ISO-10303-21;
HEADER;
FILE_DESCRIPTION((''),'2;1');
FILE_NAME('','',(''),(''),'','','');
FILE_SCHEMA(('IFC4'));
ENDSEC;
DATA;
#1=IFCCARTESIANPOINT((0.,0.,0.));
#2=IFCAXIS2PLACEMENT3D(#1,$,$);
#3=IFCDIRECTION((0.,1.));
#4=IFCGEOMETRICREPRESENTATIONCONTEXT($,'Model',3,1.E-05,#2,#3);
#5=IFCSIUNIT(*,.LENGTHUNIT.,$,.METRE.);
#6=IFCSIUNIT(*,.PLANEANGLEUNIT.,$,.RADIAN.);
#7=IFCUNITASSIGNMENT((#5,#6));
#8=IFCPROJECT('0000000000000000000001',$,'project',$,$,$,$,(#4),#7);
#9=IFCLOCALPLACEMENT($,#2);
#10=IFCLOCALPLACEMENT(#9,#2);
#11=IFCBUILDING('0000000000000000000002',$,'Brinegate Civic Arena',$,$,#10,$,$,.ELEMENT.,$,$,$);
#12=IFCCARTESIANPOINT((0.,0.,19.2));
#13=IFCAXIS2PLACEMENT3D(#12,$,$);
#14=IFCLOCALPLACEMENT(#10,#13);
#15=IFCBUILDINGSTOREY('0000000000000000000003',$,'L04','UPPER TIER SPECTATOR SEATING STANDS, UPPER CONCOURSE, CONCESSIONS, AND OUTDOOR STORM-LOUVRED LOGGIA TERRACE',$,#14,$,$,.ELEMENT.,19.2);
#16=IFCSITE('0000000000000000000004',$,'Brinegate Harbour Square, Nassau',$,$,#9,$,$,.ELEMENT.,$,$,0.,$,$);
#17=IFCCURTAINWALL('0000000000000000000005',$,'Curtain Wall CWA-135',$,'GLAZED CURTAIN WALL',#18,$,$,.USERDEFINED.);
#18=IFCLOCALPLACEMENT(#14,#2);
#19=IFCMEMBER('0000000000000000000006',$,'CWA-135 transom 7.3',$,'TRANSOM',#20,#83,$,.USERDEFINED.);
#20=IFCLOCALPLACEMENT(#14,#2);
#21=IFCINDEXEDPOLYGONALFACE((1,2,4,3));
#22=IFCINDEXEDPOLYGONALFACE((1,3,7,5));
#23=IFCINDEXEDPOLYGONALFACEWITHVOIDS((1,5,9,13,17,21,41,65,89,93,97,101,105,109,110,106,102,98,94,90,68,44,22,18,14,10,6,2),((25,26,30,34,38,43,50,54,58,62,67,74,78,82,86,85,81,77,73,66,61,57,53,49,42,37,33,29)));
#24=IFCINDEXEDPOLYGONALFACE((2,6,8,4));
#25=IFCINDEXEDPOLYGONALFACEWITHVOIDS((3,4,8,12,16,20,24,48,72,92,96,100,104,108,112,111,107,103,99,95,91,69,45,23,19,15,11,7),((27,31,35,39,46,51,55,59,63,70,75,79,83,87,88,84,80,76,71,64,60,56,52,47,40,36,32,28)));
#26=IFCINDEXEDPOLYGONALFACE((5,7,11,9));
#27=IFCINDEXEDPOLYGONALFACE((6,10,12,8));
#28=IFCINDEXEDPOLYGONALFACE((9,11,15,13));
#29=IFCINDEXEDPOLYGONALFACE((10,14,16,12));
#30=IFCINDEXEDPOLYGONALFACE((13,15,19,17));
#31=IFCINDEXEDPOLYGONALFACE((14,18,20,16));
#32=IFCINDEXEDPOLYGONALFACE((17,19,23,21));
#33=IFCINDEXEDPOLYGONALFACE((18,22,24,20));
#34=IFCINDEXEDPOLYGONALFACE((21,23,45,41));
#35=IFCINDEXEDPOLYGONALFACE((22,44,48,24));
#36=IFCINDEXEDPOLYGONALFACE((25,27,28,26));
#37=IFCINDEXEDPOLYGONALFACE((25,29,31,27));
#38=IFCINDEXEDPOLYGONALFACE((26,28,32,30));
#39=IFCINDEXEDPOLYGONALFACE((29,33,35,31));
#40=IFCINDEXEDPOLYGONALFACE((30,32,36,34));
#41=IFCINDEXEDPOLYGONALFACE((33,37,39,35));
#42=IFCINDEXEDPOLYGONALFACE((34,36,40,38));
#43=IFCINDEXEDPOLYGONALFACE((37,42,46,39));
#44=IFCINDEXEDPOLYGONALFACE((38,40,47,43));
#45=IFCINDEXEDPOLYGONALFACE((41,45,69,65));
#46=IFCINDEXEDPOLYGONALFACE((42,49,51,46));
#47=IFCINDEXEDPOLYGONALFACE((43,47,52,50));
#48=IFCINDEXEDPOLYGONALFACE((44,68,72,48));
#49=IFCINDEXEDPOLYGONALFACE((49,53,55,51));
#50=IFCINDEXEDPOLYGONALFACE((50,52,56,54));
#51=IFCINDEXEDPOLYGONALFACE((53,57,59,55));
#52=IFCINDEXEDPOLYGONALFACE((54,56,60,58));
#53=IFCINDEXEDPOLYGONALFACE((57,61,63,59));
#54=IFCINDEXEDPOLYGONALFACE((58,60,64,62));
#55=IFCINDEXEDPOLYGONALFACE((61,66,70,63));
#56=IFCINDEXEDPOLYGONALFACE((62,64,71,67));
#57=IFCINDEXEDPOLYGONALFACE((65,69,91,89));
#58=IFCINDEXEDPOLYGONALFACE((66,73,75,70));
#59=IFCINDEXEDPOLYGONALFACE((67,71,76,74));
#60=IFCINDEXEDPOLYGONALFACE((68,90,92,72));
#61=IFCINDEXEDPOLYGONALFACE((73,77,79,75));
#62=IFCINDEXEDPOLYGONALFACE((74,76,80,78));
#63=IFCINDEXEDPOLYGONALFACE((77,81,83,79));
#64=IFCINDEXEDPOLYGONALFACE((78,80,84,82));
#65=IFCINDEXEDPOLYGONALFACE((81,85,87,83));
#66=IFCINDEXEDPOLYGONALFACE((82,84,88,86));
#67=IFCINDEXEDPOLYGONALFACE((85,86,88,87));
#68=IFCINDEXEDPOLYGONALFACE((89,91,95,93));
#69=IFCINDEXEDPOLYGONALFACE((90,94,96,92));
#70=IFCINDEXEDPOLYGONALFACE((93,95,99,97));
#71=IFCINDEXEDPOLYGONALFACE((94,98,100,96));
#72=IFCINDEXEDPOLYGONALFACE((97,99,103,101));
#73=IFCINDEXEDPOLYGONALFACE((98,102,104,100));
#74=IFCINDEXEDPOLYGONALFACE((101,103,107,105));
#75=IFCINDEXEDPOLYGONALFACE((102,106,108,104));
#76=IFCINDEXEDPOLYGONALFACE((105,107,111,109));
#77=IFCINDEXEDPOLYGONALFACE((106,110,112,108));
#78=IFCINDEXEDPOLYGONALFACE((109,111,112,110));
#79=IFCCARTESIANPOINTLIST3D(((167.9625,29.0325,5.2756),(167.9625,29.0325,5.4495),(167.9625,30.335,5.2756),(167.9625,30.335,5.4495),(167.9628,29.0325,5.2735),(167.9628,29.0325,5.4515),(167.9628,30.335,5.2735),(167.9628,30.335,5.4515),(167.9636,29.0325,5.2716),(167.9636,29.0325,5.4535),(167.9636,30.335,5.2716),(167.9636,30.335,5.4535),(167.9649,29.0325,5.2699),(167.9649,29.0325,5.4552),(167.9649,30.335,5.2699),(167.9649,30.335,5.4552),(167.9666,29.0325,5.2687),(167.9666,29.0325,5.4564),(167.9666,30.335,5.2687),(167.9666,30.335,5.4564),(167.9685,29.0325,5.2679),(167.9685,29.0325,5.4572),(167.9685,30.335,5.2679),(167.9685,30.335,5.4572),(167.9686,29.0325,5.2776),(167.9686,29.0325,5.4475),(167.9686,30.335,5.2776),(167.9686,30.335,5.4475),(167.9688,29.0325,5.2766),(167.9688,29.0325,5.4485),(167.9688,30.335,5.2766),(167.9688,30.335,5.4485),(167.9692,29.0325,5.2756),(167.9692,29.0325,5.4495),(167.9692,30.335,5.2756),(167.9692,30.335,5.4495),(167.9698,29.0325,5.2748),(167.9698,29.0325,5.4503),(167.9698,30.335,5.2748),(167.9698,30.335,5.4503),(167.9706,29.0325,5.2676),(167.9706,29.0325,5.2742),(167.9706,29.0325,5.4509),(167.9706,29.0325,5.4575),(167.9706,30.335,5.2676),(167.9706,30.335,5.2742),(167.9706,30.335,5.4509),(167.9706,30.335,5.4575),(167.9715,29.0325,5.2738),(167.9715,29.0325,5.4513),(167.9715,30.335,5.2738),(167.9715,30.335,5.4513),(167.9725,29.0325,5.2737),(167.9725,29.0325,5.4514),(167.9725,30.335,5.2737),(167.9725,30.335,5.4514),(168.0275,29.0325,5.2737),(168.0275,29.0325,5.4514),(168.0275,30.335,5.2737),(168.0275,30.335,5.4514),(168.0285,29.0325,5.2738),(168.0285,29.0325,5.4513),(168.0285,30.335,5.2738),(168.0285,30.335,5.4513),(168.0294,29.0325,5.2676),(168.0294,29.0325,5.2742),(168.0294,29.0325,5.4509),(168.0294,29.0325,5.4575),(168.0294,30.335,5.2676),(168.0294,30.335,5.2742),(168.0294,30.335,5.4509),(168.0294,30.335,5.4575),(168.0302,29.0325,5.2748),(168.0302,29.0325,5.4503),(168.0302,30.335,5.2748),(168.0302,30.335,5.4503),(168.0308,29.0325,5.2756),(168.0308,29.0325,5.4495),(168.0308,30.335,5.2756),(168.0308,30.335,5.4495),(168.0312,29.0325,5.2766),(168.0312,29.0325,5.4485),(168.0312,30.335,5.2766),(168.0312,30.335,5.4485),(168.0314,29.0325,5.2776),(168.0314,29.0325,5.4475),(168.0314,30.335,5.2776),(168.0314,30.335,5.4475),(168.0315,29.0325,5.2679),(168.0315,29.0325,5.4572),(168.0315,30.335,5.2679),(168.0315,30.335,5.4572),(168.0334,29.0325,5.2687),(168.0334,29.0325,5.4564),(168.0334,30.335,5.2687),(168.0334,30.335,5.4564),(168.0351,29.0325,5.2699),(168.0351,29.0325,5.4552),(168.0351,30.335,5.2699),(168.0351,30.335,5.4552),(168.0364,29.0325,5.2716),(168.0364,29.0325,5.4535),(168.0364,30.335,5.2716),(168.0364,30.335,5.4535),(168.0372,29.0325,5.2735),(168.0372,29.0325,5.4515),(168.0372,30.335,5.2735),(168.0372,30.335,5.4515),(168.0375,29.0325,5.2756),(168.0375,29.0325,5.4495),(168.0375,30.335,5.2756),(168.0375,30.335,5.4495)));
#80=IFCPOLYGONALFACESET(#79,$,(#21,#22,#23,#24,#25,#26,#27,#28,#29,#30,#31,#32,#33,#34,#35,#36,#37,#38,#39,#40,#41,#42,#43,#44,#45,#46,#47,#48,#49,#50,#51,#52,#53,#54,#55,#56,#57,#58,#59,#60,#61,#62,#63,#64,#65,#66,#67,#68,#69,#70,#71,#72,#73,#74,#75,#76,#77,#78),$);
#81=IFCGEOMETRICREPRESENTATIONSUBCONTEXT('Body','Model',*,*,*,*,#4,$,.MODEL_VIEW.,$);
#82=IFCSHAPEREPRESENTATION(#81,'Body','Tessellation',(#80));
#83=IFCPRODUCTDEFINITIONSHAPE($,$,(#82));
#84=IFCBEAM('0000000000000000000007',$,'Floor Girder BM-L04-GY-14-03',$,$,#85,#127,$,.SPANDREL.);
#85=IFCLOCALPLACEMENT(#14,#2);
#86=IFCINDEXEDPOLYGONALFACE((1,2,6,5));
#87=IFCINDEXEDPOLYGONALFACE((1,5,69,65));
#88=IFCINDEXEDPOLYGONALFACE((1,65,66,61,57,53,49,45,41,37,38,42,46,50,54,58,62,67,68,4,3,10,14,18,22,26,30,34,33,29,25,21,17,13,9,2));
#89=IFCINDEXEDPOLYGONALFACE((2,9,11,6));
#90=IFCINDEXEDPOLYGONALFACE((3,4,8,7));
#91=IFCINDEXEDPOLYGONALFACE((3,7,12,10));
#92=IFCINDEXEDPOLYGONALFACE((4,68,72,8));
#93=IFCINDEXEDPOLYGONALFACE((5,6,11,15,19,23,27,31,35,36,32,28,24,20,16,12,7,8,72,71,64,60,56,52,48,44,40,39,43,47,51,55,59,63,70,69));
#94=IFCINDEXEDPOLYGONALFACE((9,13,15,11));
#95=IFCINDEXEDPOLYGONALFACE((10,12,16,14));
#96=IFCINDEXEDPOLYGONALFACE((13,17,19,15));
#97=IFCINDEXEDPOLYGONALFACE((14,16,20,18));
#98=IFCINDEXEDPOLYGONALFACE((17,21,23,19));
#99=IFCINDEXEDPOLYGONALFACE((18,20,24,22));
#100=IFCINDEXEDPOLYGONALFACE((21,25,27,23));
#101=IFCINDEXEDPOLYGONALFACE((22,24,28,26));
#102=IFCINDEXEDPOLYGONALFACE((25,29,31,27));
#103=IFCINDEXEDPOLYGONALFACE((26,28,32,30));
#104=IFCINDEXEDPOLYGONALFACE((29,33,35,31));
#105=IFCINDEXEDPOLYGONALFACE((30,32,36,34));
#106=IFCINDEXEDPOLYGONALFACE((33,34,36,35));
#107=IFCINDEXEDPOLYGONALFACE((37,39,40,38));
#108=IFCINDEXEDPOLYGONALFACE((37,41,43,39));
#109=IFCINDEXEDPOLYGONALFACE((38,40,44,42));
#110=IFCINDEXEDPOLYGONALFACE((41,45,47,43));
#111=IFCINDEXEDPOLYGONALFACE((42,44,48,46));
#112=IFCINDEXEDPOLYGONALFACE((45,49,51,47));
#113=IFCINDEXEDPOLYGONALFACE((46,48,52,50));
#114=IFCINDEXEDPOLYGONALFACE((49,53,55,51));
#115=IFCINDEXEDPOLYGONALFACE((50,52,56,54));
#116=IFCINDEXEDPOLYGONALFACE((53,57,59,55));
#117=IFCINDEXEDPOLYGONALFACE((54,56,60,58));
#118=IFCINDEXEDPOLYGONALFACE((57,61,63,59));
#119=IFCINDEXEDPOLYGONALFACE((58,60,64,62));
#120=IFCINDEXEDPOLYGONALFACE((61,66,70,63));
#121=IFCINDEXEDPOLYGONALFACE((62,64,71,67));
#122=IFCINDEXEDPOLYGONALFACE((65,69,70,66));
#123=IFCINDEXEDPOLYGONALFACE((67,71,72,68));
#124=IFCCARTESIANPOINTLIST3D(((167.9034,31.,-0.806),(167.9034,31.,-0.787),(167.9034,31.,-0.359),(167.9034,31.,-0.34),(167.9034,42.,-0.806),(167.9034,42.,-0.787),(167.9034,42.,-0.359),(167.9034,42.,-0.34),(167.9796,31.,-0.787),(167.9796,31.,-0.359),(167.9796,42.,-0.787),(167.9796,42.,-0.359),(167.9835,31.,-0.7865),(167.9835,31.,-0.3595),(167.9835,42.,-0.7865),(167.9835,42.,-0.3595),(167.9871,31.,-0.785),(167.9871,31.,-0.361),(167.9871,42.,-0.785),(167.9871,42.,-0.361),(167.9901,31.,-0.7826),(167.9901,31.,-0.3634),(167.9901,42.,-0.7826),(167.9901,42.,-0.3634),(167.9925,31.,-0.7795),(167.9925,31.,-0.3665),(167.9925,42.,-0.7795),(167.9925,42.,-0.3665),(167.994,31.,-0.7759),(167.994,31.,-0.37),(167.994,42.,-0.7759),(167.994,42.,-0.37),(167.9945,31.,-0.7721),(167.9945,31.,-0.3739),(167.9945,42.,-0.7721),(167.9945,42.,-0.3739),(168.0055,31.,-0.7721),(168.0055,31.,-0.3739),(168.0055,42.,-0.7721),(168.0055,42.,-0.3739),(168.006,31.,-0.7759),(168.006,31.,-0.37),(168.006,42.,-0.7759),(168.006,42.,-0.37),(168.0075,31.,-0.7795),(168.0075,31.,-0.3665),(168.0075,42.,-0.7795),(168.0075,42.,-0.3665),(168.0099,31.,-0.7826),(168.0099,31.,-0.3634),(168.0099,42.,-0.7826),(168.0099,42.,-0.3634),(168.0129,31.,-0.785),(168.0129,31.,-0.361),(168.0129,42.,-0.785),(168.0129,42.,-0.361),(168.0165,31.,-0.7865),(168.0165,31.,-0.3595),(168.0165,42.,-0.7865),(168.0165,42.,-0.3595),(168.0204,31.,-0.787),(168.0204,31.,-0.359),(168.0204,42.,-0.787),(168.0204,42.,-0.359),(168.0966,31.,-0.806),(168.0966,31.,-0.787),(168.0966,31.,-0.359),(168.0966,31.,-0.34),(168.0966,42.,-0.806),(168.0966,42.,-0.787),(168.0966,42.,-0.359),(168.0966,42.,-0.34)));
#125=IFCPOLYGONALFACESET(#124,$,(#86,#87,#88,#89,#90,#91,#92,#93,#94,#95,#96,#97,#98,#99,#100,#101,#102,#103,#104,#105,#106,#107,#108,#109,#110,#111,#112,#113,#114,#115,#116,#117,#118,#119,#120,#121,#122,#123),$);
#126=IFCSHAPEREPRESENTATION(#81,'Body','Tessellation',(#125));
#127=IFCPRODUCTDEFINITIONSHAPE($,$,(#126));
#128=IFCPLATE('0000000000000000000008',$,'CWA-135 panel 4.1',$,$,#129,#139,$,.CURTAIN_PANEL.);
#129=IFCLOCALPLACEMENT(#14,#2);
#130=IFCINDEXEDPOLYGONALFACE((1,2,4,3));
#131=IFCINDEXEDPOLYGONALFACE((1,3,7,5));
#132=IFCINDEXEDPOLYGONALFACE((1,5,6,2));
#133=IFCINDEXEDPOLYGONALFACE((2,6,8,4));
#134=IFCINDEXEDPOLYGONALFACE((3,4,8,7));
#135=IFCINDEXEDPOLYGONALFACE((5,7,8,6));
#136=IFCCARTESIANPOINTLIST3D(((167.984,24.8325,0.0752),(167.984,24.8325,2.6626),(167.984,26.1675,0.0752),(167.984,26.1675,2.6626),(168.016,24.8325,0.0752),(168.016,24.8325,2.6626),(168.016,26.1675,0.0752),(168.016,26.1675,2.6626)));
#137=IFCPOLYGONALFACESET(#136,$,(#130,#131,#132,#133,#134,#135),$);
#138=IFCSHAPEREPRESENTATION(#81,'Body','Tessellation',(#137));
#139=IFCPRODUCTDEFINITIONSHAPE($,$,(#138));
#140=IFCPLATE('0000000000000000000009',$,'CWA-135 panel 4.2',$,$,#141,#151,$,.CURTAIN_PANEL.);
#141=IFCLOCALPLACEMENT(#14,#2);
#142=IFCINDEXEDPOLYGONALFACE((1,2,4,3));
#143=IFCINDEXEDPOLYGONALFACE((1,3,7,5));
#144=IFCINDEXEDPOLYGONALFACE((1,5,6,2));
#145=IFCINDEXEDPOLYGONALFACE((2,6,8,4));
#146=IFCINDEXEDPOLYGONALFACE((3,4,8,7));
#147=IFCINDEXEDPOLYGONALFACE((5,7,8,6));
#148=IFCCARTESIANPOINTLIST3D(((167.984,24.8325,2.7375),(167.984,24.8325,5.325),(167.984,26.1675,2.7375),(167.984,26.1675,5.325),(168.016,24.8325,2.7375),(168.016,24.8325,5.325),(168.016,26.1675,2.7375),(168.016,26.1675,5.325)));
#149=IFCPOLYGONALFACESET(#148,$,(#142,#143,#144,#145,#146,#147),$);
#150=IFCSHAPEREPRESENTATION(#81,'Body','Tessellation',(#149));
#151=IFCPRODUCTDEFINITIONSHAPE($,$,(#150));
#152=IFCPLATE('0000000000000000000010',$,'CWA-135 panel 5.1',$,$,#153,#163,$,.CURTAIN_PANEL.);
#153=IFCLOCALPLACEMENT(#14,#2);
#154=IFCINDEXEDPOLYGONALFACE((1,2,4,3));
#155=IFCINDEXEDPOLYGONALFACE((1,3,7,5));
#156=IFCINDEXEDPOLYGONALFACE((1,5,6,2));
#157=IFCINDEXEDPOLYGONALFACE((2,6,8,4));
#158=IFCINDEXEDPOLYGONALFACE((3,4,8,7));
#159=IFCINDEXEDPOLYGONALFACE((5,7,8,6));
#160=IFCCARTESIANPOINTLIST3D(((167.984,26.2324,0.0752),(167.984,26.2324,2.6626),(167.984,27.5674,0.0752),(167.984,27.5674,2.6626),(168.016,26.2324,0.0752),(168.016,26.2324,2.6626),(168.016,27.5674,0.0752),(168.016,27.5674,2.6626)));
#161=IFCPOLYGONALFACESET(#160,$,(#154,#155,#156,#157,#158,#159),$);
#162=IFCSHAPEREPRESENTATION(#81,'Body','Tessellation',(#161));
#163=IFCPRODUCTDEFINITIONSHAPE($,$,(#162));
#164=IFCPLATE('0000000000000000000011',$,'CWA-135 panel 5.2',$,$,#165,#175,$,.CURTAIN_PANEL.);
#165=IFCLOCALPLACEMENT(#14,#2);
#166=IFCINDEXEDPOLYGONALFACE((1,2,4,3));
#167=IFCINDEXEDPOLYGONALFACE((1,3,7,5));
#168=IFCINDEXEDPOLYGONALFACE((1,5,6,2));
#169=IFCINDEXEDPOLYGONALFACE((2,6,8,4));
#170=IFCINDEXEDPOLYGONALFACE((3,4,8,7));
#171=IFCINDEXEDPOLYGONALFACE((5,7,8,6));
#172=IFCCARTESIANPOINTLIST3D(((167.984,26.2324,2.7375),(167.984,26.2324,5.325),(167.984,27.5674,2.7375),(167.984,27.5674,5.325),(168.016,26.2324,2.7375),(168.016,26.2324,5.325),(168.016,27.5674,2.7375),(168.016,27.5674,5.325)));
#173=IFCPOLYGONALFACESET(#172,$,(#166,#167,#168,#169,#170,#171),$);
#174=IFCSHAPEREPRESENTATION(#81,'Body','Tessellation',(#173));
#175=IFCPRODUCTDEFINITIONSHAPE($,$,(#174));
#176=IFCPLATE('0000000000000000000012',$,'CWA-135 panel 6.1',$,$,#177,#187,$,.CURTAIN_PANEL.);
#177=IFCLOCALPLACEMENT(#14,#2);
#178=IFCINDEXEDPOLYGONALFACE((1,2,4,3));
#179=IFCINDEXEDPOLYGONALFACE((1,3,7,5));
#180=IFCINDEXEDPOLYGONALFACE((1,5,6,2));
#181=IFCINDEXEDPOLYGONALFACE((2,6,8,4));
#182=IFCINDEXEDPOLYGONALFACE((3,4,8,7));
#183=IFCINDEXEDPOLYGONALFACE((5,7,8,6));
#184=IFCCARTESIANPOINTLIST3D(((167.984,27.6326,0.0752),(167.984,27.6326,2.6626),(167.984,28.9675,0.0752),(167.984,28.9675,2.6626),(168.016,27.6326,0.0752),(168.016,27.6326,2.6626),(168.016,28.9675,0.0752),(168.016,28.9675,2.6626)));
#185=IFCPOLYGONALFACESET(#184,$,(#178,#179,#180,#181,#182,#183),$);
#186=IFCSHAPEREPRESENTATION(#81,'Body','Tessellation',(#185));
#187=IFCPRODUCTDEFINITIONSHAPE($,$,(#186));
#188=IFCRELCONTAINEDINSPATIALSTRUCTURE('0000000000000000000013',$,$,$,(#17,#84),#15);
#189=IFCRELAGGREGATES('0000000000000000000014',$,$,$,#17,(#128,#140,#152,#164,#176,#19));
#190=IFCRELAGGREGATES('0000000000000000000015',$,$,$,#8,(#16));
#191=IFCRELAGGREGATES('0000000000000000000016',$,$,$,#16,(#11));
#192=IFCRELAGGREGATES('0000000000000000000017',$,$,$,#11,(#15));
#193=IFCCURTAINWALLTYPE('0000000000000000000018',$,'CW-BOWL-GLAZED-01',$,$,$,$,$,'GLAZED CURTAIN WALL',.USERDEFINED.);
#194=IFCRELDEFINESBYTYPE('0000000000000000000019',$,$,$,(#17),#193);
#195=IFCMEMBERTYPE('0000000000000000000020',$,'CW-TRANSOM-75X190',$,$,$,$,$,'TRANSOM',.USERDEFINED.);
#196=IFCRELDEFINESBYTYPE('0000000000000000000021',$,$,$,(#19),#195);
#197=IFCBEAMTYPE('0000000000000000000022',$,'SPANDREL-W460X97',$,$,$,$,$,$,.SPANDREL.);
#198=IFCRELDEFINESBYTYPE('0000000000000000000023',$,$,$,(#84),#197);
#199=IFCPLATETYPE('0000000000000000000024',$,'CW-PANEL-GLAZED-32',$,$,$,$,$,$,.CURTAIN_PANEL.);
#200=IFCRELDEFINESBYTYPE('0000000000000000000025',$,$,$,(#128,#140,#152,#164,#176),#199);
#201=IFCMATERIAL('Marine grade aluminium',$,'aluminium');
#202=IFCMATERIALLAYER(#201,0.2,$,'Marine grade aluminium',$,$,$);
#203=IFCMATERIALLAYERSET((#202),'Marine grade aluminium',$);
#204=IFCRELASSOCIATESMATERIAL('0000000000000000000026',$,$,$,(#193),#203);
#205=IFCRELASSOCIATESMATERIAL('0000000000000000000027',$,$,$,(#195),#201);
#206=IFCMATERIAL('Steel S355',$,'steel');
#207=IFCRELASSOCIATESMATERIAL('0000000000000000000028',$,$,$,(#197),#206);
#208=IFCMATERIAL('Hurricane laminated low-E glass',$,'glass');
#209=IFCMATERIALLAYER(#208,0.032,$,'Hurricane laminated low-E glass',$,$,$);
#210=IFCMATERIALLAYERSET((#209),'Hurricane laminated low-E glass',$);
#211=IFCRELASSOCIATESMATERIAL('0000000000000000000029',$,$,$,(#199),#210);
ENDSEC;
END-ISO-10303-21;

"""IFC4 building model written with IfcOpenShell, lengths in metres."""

from ifc_helpers import new_model, si_unit, direction, frame, origin, origin_2d, place, context, subcontext, project, spatial, rectangle, hollow_rectangle, i_section, extrude, material, layer, layer_set, material_profile, profile_set, type_object, element, aggregate, save


model = new_model("IFC4")

# Units and contexts
model_context = context("Model", 3, precision=1e-05, world=origin(), true_north=direction((0.0, 1.0)))
body_context = subcontext(model_context, "Body", "Model", "MODEL_VIEW")
ifc_project = project(units=[si_unit("LENGTHUNIT", "METRE"), si_unit("PLANEANGLEUNIT", "RADIAN")], contexts=[model_context])

# Site, building, storey
site_placement = place(None, origin())
site = spatial("IfcSite", under=ifc_project, at=site_placement, Name="Brinegate Harbour Square, Nassau", CompositionType="ELEMENT", RefElevation=0.0)
building_placement = place(site_placement, origin())
building = spatial("IfcBuilding", under=site, at=building_placement, Name="Brinegate Civic Arena", CompositionType="ELEMENT")
storey_placement = place(building_placement, frame((0.0, 0.0, 19.2)))
storey = spatial("IfcBuildingStorey", under=building, at=storey_placement, Name="L04", Description="UPPER TIER SPECTATOR SEATING STANDS, UPPER CONCOURSE, CONCESSIONS, AND OUTDOOR STORM-LOUVRED LOGGIA TERRACE", CompositionType="ELEMENT", Elevation=19.2)

# Curtain wall, member
ifc_material_1 = material(Name="Marine grade aluminium", Category="aluminium")
ifc_layer_1 = layer(ifc_material_1, 0.2, Name="Marine grade aluminium")
ifc_layer_set_1 = layer_set([ifc_layer_1], Name="Marine grade aluminium")
curtain_wall_type = type_object("IfcCurtainWallType", Name="CW-BOWL-GLAZED-01", ElementType="GLAZED CURTAIN WALL", PredefinedType="USERDEFINED", material=ifc_layer_set_1)
curtain_wall_placement = place(storey_placement, origin())
curtain_wall = element("IfcCurtainWall", 1, at=curtain_wall_placement, inside=storey, type_object=curtain_wall_type, Name="Curtain Wall CWA-135", ObjectType="GLAZED CURTAIN WALL", PredefinedType="USERDEFINED")
ifc_material_profile_1 = material_profile(ifc_material_1, hollow_rectangle(XDim=0.075, YDim=0.1899, WallThickness=0.0061, InnerFilletRadius=0.0039, OuterFilletRadius=0.0081, at=origin_2d()), Name="TRN75X190")
ifc_profile_set_1 = profile_set([ifc_material_profile_1], Name="Marine grade aluminium")
member_type_1 = type_object("IfcMemberType", Name="CW-TRANSOM-75X190", ElementType="TRANSOM", PredefinedType="USERDEFINED", material=ifc_profile_set_1)
member_1_placement = place(storey_placement, frame((168.0, 29.0325, 5.3625), z_axis=(0.0, 1.0, 0.0), x_axis=(-1.0, 0.0, 0.0)))
member_1 = element("IfcMember", 2, at=member_1_placement, type_object=member_type_1, Name="CWA-135 transom 7.3", ObjectType="TRANSOM", PredefinedType="USERDEFINED", context=body_context, shape_type="SweptSolid", body=[
    extrude(hollow_rectangle(XDim=0.075, YDim=0.1899, WallThickness=0.0061, InnerFilletRadius=0.0039, OuterFilletRadius=0.0081, at=origin_2d()), origin(), (0.0, 0.0, 1.0), 1.3025),
])

# Beam
ifc_material_2 = material(Name="Steel S355", Category="steel")
ifc_material_profile_2 = material_profile(ifc_material_2, i_section(OverallWidth=0.1931, OverallDepth=0.4661, WebThickness=0.011, FlangeThickness=0.019, FilletRadius=0.0149, at=origin_2d()), Name="W460X97")
ifc_profile_set_2 = profile_set([ifc_material_profile_2], Name="Steel S355")
beam_type = type_object("IfcBeamType", Name="SPANDREL-W460X97", PredefinedType="SPANDREL", material=ifc_profile_set_2)
beam_placement = place(storey_placement, frame((168.0, 31.0, -0.573), z_axis=(0.0, 1.0, 0.0), x_axis=(-1.0, 0.0, 0.0)))
element("IfcBeam", 3, at=beam_placement, inside=storey, type_object=beam_type, Name="Floor Girder BM-L04-GY-14-03", PredefinedType="SPANDREL", context=body_context, shape_type="SweptSolid", body=[
    extrude(i_section(OverallWidth=0.1931, OverallDepth=0.4661, WebThickness=0.011, FlangeThickness=0.019, FilletRadius=0.0149, at=origin_2d()), origin(), (0.0, 0.0, 1.0), 11.0),
])

# Plates
ifc_material_3 = material(Name="Hurricane laminated low-E glass", Category="glass")
ifc_layer_2 = layer(ifc_material_3, 0.032, Name="Hurricane laminated low-E glass")
ifc_layer_set_2 = layer_set([ifc_layer_2], Name="Hurricane laminated low-E glass")
plate_type = type_object("IfcPlateType", Name="CW-PANEL-GLAZED-32", PredefinedType="CURTAIN_PANEL", material=ifc_layer_set_2)
plate_1_placement = place(storey_placement, frame((168.0, 25.5, 0.0752), z_axis=(0.0, 0.0, 1.0), x_axis=(0.0, 1.0, 0.0)))
plate_1 = element("IfcPlate", 4, at=plate_1_placement, type_object=plate_type, Name="CWA-135 panel 4.1", PredefinedType="CURTAIN_PANEL", context=body_context, shape_type="SweptSolid", body=[
    extrude(rectangle(XDim=1.335, YDim=0.032, at=origin_2d()), origin(), (0.0, 0.0, 1.0), 2.5874),
])
plate_2_placement = place(storey_placement, frame((168.0, 25.5, 2.7375), z_axis=(0.0, 0.0, 1.0), x_axis=(0.0, 1.0, 0.0)))
plate_2 = element("IfcPlate", 5, at=plate_2_placement, type_object=plate_type, Name="CWA-135 panel 4.2", PredefinedType="CURTAIN_PANEL", context=body_context, shape_type="SweptSolid", body=[
    extrude(rectangle(XDim=1.335, YDim=0.032, at=origin_2d()), origin(), (0.0, 0.0, 1.0), 2.5874),
])
plate_3_placement = place(storey_placement, frame((168.0, 26.8999, 0.0752), z_axis=(0.0, 0.0, 1.0), x_axis=(0.0, 1.0, 0.0)))
plate_3 = element("IfcPlate", 6, at=plate_3_placement, type_object=plate_type, Name="CWA-135 panel 5.1", PredefinedType="CURTAIN_PANEL", context=body_context, shape_type="SweptSolid", body=[
    extrude(rectangle(XDim=1.335, YDim=0.032, at=origin_2d()), origin(), (0.0, 0.0, 1.0), 2.5874),
])
plate_4_placement = place(storey_placement, frame((168.0, 26.8999, 2.7375), z_axis=(0.0, 0.0, 1.0), x_axis=(0.0, 1.0, 0.0)))
plate_4 = element("IfcPlate", 7, at=plate_4_placement, type_object=plate_type, Name="CWA-135 panel 5.2", PredefinedType="CURTAIN_PANEL", context=body_context, shape_type="SweptSolid", body=[
    extrude(rectangle(XDim=1.335, YDim=0.032, at=origin_2d()), origin(), (0.0, 0.0, 1.0), 2.5874),
])
plate_5_placement = place(storey_placement, frame((168.0, 28.3, 0.0752), z_axis=(0.0, 0.0, 1.0), x_axis=(0.0, 1.0, 0.0)))
plate_5 = element("IfcPlate", 8, at=plate_5_placement, type_object=plate_type, Name="CWA-135 panel 6.1", PredefinedType="CURTAIN_PANEL", context=body_context, shape_type="SweptSolid", body=[
    extrude(rectangle(XDim=1.335, YDim=0.032, at=origin_2d()), origin(), (0.0, 0.0, 1.0), 2.5874),
])
aggregate(curtain_wall, [plate_1, plate_2, plate_3, plate_4, plate_5, member_1])

save(model, "model.ifc")
